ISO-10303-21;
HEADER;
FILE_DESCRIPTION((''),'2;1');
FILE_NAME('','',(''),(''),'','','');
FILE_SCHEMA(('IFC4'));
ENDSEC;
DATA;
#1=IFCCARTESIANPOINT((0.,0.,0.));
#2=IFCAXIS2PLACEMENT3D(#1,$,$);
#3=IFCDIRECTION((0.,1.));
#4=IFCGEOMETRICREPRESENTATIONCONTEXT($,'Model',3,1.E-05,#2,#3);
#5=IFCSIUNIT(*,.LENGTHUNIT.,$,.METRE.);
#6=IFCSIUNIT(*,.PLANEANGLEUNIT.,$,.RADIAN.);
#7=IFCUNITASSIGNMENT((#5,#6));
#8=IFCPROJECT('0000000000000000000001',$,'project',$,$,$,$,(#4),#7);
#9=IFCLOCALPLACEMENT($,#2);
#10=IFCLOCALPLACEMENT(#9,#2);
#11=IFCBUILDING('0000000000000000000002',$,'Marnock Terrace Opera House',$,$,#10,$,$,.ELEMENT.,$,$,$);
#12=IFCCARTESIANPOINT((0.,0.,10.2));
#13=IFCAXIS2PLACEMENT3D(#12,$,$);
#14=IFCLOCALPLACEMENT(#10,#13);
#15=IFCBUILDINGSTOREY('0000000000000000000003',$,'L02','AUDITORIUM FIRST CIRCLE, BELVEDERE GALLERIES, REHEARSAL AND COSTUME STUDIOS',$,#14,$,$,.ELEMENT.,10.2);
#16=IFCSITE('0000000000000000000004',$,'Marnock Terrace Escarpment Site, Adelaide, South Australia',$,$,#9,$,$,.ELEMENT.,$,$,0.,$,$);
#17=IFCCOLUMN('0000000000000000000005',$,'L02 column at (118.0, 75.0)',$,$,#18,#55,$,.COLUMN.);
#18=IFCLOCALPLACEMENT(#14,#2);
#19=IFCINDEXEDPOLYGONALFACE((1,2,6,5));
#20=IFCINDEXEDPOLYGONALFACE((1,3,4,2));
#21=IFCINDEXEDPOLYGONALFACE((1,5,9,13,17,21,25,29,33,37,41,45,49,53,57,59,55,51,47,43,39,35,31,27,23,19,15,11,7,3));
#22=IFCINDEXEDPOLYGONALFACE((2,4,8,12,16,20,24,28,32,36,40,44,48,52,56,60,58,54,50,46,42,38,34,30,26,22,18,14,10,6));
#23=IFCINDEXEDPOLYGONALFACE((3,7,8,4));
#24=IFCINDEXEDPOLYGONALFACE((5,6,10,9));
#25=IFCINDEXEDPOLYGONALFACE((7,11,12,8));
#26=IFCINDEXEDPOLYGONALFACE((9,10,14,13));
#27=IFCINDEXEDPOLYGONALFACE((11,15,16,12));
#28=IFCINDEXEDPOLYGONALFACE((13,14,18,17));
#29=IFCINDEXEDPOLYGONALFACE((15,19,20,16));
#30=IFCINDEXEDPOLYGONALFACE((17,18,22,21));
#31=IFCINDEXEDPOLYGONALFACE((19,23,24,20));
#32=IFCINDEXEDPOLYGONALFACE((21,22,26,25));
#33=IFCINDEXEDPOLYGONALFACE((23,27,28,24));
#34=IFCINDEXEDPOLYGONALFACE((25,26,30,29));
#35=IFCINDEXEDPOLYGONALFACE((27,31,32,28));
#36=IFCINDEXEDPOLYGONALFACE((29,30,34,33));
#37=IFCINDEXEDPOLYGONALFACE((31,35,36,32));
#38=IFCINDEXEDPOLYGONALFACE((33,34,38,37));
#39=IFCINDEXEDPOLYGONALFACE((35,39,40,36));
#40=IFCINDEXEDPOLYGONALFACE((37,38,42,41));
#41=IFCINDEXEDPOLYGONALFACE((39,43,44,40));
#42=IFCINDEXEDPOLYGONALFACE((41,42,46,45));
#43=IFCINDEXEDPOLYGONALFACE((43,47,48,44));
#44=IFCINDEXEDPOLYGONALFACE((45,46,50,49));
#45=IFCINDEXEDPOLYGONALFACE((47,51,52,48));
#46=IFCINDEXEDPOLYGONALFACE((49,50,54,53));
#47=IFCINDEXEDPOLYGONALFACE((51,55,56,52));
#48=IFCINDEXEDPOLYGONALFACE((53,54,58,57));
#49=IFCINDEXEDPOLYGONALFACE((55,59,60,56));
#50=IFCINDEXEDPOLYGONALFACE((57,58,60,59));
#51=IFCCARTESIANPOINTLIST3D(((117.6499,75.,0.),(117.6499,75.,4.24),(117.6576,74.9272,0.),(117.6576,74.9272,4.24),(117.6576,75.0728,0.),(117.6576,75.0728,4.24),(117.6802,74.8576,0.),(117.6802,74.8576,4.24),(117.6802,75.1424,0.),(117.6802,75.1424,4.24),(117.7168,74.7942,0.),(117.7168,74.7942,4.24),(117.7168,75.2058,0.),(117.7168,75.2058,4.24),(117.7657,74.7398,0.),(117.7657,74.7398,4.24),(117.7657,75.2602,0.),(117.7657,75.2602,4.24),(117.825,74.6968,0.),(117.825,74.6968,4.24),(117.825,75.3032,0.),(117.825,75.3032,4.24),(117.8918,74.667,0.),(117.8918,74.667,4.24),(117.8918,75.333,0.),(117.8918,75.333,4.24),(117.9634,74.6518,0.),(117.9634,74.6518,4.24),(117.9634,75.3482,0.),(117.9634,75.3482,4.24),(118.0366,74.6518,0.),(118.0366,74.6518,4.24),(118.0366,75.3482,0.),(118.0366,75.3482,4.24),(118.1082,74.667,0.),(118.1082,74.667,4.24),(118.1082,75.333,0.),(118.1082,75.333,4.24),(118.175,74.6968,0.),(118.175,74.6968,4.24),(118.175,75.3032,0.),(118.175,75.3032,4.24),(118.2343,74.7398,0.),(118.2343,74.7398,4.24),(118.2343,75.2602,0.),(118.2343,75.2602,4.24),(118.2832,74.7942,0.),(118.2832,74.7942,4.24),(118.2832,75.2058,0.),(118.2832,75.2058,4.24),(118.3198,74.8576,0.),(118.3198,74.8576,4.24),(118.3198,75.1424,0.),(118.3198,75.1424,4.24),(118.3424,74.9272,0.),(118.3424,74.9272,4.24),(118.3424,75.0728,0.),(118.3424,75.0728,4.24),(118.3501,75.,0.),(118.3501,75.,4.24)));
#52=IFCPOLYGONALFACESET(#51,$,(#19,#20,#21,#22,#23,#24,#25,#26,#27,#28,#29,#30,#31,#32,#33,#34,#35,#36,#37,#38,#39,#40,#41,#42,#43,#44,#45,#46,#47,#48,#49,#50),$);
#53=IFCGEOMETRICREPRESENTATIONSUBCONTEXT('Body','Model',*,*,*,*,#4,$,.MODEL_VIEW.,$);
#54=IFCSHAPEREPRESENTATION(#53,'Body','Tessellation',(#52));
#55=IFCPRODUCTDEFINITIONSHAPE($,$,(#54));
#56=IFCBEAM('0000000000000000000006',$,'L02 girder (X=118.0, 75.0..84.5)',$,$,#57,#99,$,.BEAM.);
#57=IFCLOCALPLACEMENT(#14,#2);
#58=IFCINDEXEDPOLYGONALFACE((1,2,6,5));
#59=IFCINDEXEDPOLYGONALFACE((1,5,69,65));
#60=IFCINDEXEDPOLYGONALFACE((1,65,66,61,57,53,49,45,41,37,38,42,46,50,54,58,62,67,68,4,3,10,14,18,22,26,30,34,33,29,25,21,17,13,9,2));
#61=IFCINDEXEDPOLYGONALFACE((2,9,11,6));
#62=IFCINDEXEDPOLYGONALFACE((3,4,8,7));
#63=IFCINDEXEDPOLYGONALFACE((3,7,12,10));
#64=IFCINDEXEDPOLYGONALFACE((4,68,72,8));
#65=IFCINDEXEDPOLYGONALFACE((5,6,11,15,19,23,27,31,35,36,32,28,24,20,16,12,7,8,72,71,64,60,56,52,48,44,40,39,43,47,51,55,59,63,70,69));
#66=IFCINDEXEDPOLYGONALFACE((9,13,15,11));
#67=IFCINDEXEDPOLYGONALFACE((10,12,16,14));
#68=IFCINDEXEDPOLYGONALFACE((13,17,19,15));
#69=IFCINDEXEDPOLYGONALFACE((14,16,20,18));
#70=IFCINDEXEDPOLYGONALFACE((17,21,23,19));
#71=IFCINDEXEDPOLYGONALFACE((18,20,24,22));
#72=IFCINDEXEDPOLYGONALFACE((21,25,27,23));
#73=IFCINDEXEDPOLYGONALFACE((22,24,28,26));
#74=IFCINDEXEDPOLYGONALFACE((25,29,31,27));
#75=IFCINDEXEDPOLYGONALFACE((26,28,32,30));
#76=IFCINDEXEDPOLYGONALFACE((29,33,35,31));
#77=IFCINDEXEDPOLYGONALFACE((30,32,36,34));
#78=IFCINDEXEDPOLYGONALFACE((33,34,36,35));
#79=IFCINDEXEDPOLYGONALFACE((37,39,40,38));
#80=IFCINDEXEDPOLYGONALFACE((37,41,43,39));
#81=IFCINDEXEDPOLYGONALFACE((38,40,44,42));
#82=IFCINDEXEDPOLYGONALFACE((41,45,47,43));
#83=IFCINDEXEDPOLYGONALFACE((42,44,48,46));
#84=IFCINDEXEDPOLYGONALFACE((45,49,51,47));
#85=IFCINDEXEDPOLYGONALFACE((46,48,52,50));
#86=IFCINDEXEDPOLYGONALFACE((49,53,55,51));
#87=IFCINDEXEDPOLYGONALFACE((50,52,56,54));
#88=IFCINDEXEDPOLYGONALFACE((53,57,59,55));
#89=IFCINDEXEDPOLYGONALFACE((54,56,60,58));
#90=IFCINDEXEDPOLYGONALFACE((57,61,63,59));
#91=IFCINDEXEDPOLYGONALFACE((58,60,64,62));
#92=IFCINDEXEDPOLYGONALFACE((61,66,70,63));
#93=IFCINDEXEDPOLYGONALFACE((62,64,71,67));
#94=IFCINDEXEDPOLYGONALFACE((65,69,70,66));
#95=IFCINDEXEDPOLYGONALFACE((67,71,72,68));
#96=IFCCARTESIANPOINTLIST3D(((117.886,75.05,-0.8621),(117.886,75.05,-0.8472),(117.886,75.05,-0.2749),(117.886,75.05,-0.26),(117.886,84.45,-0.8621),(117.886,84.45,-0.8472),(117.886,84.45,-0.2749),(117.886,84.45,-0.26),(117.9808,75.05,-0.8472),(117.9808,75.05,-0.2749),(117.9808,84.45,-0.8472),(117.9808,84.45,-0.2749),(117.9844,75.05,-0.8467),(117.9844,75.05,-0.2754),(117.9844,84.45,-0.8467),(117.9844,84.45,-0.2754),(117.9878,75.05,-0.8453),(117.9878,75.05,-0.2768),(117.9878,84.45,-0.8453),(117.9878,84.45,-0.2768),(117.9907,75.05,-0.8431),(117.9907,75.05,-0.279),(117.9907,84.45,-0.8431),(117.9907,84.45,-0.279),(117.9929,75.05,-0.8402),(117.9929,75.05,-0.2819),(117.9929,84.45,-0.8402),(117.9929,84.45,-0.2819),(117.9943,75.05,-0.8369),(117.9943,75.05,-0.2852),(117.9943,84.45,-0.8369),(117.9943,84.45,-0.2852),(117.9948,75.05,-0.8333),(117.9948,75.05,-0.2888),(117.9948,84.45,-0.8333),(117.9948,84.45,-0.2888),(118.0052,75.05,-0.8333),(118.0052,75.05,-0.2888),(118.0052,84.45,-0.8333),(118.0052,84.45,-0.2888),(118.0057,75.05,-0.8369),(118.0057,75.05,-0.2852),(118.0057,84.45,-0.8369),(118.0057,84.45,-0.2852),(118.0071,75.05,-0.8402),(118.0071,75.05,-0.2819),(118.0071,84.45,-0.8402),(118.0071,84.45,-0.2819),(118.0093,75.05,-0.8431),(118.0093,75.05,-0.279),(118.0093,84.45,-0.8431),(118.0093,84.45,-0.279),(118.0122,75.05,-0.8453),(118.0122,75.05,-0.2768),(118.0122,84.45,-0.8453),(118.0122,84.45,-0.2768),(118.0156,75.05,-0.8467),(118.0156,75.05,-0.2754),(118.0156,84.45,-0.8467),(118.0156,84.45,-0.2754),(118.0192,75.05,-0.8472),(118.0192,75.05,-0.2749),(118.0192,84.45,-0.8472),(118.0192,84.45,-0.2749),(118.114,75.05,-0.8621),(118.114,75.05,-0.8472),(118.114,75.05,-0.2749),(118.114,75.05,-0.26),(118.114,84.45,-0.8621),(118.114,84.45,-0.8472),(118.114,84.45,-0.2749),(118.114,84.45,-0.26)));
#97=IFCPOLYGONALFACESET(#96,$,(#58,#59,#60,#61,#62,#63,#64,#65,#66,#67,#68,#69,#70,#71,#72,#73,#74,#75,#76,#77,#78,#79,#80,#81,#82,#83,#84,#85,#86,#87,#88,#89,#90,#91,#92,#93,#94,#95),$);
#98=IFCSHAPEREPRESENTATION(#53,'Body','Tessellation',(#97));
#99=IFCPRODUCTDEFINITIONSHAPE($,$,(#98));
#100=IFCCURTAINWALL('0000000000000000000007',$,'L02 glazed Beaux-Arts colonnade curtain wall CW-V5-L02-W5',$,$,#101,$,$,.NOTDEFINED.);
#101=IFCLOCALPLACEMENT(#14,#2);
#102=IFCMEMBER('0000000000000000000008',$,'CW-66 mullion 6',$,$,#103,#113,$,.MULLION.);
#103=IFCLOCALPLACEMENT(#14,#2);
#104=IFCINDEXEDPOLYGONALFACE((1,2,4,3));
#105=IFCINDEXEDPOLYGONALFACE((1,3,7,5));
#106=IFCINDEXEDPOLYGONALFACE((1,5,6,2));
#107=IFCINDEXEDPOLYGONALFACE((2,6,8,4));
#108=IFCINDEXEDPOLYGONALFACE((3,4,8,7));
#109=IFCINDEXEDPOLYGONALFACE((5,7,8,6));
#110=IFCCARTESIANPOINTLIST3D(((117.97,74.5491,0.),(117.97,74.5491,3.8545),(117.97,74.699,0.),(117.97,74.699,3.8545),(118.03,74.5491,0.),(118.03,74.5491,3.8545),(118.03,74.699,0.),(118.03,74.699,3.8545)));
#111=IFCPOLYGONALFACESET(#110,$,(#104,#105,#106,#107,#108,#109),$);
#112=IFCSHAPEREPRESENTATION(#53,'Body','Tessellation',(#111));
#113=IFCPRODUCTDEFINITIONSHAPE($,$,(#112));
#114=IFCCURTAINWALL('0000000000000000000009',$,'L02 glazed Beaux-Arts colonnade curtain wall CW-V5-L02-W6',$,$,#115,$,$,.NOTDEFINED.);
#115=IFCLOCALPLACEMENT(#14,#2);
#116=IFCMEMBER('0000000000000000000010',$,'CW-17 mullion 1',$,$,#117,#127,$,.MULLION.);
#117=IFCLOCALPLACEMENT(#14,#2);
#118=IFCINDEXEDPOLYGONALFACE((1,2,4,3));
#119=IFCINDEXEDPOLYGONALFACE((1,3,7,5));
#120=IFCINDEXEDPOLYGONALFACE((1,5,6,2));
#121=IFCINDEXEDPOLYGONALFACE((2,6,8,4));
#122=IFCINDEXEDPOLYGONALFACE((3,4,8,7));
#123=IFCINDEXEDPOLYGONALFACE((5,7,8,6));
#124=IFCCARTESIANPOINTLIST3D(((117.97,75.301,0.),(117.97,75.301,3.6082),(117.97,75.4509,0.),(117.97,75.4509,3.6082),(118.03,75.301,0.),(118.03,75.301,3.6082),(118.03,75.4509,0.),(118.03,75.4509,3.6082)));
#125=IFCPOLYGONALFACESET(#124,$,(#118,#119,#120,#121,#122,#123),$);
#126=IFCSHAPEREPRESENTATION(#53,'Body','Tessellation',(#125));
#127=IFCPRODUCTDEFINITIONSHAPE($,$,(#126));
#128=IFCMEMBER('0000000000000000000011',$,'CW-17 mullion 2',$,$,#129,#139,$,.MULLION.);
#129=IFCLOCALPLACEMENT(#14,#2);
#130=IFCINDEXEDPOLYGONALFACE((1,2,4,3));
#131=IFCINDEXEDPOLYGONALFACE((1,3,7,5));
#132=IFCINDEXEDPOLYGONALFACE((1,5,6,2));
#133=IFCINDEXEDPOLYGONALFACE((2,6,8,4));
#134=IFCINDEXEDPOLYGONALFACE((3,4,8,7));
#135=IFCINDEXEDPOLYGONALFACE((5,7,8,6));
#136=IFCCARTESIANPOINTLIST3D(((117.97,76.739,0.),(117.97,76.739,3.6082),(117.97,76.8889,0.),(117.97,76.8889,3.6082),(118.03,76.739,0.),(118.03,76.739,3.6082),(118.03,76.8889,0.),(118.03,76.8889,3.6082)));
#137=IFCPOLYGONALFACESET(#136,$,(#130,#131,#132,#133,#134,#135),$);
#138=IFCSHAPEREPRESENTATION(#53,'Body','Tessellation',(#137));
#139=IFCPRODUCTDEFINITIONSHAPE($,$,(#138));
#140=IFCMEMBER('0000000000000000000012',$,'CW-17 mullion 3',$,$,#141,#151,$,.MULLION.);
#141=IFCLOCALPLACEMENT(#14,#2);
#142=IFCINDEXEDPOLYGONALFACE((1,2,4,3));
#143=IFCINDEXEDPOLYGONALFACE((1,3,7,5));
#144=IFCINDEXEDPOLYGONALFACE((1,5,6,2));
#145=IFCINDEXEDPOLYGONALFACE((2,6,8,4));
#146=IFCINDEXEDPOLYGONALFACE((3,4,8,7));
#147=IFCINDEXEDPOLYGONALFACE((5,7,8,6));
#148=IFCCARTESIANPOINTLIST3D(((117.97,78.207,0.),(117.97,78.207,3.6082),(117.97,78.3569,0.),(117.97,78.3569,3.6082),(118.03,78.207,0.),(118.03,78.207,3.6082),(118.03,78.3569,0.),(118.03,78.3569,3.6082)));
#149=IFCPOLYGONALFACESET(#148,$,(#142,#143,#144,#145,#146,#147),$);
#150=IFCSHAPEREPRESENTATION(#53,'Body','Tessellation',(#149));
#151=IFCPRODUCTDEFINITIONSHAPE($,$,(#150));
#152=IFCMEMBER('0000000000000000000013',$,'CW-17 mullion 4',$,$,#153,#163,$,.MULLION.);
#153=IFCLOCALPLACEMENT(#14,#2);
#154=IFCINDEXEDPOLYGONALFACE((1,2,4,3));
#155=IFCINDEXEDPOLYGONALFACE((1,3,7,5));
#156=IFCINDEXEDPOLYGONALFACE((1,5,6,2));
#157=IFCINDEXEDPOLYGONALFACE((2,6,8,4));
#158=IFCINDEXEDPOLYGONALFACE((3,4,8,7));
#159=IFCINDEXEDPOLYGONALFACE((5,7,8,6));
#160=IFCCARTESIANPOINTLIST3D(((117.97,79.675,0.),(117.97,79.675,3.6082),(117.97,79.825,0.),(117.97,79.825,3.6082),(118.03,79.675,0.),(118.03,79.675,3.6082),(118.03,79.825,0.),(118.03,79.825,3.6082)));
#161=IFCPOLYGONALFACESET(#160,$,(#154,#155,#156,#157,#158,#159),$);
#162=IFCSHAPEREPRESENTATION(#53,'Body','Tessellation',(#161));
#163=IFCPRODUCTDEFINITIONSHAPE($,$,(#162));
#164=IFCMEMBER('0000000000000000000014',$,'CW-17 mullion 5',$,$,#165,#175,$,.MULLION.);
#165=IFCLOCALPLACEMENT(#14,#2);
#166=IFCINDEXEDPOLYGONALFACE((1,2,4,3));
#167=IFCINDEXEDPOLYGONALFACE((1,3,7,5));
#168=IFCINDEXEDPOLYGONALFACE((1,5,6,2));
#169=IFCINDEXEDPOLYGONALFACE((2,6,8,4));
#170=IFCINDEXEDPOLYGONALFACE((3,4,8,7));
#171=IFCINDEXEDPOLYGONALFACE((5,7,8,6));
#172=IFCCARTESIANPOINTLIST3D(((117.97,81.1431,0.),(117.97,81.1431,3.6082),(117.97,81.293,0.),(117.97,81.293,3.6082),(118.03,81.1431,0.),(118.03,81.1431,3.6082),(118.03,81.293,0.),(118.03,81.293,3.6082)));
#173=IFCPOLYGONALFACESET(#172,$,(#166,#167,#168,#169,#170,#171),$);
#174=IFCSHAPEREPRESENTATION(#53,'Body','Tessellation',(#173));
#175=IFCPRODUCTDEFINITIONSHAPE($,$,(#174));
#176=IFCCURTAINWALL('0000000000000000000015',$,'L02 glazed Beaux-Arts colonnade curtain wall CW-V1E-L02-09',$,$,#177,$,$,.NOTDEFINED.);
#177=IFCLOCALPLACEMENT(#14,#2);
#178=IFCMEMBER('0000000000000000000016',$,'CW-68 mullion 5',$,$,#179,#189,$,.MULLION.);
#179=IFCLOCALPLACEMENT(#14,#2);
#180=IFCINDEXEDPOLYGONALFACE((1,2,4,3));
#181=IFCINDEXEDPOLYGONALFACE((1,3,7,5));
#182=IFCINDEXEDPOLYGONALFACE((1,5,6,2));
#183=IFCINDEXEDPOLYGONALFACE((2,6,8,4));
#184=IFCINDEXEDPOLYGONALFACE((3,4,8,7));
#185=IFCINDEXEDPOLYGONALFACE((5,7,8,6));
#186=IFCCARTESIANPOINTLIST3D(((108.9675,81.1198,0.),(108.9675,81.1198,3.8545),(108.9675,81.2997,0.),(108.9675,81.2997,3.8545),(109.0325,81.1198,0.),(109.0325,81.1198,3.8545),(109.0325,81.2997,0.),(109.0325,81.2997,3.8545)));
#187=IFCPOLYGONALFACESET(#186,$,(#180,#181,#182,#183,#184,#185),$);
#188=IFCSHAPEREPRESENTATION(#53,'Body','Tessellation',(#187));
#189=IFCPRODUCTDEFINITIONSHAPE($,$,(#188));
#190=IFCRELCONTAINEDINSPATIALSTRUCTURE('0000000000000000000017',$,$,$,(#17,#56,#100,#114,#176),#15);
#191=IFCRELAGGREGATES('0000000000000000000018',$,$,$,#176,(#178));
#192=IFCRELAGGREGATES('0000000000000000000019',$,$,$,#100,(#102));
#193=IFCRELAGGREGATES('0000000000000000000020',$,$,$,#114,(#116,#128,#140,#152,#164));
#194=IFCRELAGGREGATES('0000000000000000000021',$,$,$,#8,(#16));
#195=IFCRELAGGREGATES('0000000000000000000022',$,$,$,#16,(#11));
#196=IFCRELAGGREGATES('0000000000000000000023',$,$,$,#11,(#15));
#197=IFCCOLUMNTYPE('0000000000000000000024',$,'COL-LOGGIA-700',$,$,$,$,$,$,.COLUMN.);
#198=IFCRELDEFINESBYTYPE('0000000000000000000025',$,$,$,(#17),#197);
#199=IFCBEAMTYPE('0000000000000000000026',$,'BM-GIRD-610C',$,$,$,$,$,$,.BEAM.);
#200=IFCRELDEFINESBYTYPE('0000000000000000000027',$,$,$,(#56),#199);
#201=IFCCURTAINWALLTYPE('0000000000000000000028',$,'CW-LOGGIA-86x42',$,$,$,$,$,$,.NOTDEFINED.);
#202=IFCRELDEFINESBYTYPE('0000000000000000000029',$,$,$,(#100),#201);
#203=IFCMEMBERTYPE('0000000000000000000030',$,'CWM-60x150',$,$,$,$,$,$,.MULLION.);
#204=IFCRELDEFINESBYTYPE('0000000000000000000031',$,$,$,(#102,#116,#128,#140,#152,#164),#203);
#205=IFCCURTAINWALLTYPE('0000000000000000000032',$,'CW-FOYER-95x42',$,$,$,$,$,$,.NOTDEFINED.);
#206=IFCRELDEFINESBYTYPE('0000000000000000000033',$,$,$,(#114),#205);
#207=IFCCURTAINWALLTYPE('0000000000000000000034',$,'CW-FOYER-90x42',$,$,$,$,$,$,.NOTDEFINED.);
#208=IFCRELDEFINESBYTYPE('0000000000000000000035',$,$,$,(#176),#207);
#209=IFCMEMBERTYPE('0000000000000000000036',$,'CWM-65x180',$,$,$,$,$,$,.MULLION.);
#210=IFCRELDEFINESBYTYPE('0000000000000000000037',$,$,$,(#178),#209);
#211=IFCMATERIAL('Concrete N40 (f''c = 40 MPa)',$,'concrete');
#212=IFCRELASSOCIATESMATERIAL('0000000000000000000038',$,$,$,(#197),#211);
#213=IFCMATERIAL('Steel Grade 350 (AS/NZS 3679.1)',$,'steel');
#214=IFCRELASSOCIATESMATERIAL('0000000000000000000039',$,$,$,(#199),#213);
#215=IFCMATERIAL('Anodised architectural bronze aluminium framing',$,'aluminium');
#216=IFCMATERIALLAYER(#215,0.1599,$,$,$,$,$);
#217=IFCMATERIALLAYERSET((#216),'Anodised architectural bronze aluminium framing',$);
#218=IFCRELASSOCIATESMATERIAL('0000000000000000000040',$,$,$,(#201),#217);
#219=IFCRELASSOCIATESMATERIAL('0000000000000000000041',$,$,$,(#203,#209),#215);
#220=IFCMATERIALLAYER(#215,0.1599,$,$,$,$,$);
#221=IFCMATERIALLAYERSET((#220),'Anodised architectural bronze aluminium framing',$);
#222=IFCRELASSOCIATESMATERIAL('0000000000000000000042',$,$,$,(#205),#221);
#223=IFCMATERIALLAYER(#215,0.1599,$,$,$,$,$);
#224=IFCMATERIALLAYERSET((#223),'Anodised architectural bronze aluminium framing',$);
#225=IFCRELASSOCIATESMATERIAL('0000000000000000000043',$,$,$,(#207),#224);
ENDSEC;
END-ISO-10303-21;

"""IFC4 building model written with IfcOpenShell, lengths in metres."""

from ifc_helpers import new_model, si_unit, direction, frame, origin, origin_2d, place, context, subcontext, project, spatial, rectangle, circle, i_section, extrude, material, layer, layer_set, material_profile, profile_set, type_object, element, aggregate, save


model = new_model("IFC4")

# Units and contexts
model_context = context("Model", 3, precision=1e-05, world=origin(), true_north=direction((0.0, 1.0)))
body_context = subcontext(model_context, "Body", "Model", "MODEL_VIEW")
ifc_project = project(units=[si_unit("LENGTHUNIT", "METRE"), si_unit("PLANEANGLEUNIT", "RADIAN")], contexts=[model_context])

# Site, building, storey
site_placement = place(None, origin())
site = spatial("IfcSite", under=ifc_project, at=site_placement, Name="Marnock Terrace Escarpment Site, Adelaide, South Australia", CompositionType="ELEMENT", RefElevation=0.0)
building_placement = place(site_placement, origin())
building = spatial("IfcBuilding", under=site, at=building_placement, Name="Marnock Terrace Opera House", CompositionType="ELEMENT")
storey_placement = place(building_placement, frame((0.0, 0.0, 10.2)))
storey = spatial("IfcBuildingStorey", under=building, at=storey_placement, Name="L02", Description="AUDITORIUM FIRST CIRCLE, BELVEDERE GALLERIES, REHEARSAL AND COSTUME STUDIOS", CompositionType="ELEMENT", Elevation=10.2)

# Column
ifc_material_1 = material(Name="Concrete N40 (f'c = 40 MPa)", Category="concrete")
ifc_material_profile_1 = material_profile(ifc_material_1, circle(Radius=0.3501, at=origin_2d()))
ifc_profile_set_1 = profile_set([ifc_material_profile_1], Name="Concrete N40 (f'c = 40 MPa)")
column_type = type_object("IfcColumnType", Name="COL-LOGGIA-700", PredefinedType="COLUMN", material=ifc_profile_set_1)
column_placement = place(storey_placement, frame((118.0, 75.0, 0.0), z_axis=(0.0, 0.0, 1.0), x_axis=(1.0, 0.0, 0.0)))
element("IfcColumn", 1, at=column_placement, inside=storey, type_object=column_type, Name="L02 column at (118.0, 75.0)", PredefinedType="COLUMN", context=body_context, shape_type="SweptSolid", body=[
    extrude(circle(Radius=0.3501, at=origin_2d()), origin(), (0.0, 0.0, 1.0), 4.24),
])

# Beam
ifc_material_2 = material(Name="Steel Grade 350 (AS/NZS 3679.1)", Category="steel")
ifc_material_profile_2 = material_profile(ifc_material_2, i_section(OverallWidth=0.228, OverallDepth=0.6021, WebThickness=0.0105, FlangeThickness=0.0149, FilletRadius=0.0139, at=origin_2d()))
ifc_profile_set_2 = profile_set([ifc_material_profile_2], Name="Steel Grade 350 (AS/NZS 3679.1)")
beam_type = type_object("IfcBeamType", Name="BM-GIRD-610C", PredefinedType="BEAM", material=ifc_profile_set_2)
beam_placement = place(storey_placement, frame((118.0, 75.05, -0.561), z_axis=(0.0, 1.0, 0.0), x_axis=(-1.0, 0.0, 0.0)))
element("IfcBeam", 2, at=beam_placement, inside=storey, type_object=beam_type, Name="L02 girder (X=118.0, 75.0..84.5)", PredefinedType="BEAM", context=body_context, shape_type="SweptSolid", body=[
    extrude(i_section(OverallWidth=0.228, OverallDepth=0.6021, WebThickness=0.0105, FlangeThickness=0.0149, FilletRadius=0.0139, at=origin_2d()), origin(), (0.0, 0.0, 1.0), 9.3999),
])

# Curtain wall, member
ifc_material_3 = material(Name="Anodised architectural bronze aluminium framing", Category="aluminium")
ifc_layer_1 = layer(ifc_material_3, 0.1599)
ifc_layer_set_1 = layer_set([ifc_layer_1], Name="Anodised architectural bronze aluminium framing")
curtain_wall_type_1 = type_object("IfcCurtainWallType", Name="CW-LOGGIA-86x42", PredefinedType="NOTDEFINED", material=ifc_layer_set_1)
curtain_wall_1_placement = place(storey_placement, origin())
curtain_wall_1 = element("IfcCurtainWall", 3, at=curtain_wall_1_placement, inside=storey, type_object=curtain_wall_type_1, Name="L02 glazed Beaux-Arts colonnade curtain wall CW-V5-L02-W5", PredefinedType="NOTDEFINED")
ifc_material_profile_3 = material_profile(ifc_material_3, rectangle(XDim=0.0601, YDim=0.1499, at=origin_2d()))
ifc_profile_set_3 = profile_set([ifc_material_profile_3], Name="Anodised architectural bronze aluminium framing")
member_type_1 = type_object("IfcMemberType", Name="CWM-60x150", PredefinedType="MULLION", material=ifc_profile_set_3)
member_1_placement = place(storey_placement, frame((118.0, 74.624, 0.0), z_axis=(0.0, 0.0, 1.0), x_axis=(-1.0, 0.0, 0.0)))
member_1 = element("IfcMember", 4, at=member_1_placement, type_object=member_type_1, Name="CW-66 mullion 6", PredefinedType="MULLION", context=body_context, shape_type="SweptSolid", body=[
    extrude(rectangle(XDim=0.0601, YDim=0.1499, at=origin_2d()), origin(), (0.0, 0.0, 1.0), 3.8545),
])

# Curtain wall, members
ifc_layer_2 = layer(ifc_material_3, 0.1599)
ifc_layer_set_2 = layer_set([ifc_layer_2], Name="Anodised architectural bronze aluminium framing")
curtain_wall_type_2 = type_object("IfcCurtainWallType", Name="CW-FOYER-95x42", PredefinedType="NOTDEFINED", material=ifc_layer_set_2)
curtain_wall_2_placement = place(storey_placement, origin())
curtain_wall_2 = element("IfcCurtainWall", 5, at=curtain_wall_2_placement, inside=storey, type_object=curtain_wall_type_2, Name="L02 glazed Beaux-Arts colonnade curtain wall CW-V5-L02-W6", PredefinedType="NOTDEFINED")
member_2_placement = place(storey_placement, frame((118.0, 75.376, 0.0), z_axis=(0.0, 0.0, 1.0), x_axis=(-1.0, 0.0, 0.0)))
member_2 = element("IfcMember", 6, at=member_2_placement, type_object=member_type_1, Name="CW-17 mullion 1", PredefinedType="MULLION", context=body_context, shape_type="SweptSolid", body=[
    extrude(rectangle(XDim=0.0601, YDim=0.1499, at=origin_2d()), origin(), (0.0, 0.0, 1.0), 3.6082),
])
member_3_placement = place(storey_placement, frame((118.0, 76.814, 0.0), z_axis=(0.0, 0.0, 1.0), x_axis=(-1.0, 0.0, 0.0)))
member_3 = element("IfcMember", 7, at=member_3_placement, type_object=member_type_1, Name="CW-17 mullion 2", PredefinedType="MULLION", context=body_context, shape_type="SweptSolid", body=[
    extrude(rectangle(XDim=0.0601, YDim=0.1499, at=origin_2d()), origin(), (0.0, 0.0, 1.0), 3.6082),
])
member_4_placement = place(storey_placement, frame((118.0, 78.282, 0.0), z_axis=(0.0, 0.0, 1.0), x_axis=(-1.0, 0.0, 0.0)))
member_4 = element("IfcMember", 8, at=member_4_placement, type_object=member_type_1, Name="CW-17 mullion 3", PredefinedType="MULLION", context=body_context, shape_type="SweptSolid", body=[
    extrude(rectangle(XDim=0.0601, YDim=0.1499, at=origin_2d()), origin(), (0.0, 0.0, 1.0), 3.6082),
])
member_5_placement = place(storey_placement, frame((118.0, 79.75, 0.0), z_axis=(0.0, 0.0, 1.0), x_axis=(-1.0, 0.0, 0.0)))
member_5 = element("IfcMember", 9, at=member_5_placement, type_object=member_type_1, Name="CW-17 mullion 4", PredefinedType="MULLION", context=body_context, shape_type="SweptSolid", body=[
    extrude(rectangle(XDim=0.0601, YDim=0.1499, at=origin_2d()), origin(), (0.0, 0.0, 1.0), 3.6082),
])
member_6_placement = place(storey_placement, frame((118.0, 81.218, 0.0), z_axis=(0.0, 0.0, 1.0), x_axis=(-1.0, 0.0, 0.0)))
member_6 = element("IfcMember", 10, at=member_6_placement, type_object=member_type_1, Name="CW-17 mullion 5", PredefinedType="MULLION", context=body_context, shape_type="SweptSolid", body=[
    extrude(rectangle(XDim=0.0601, YDim=0.1499, at=origin_2d()), origin(), (0.0, 0.0, 1.0), 3.6082),
])

# Curtain wall, member
ifc_layer_3 = layer(ifc_material_3, 0.1599)
ifc_layer_set_3 = layer_set([ifc_layer_3], Name="Anodised architectural bronze aluminium framing")
curtain_wall_type_3 = type_object("IfcCurtainWallType", Name="CW-FOYER-90x42", PredefinedType="NOTDEFINED", material=ifc_layer_set_3)
curtain_wall_3_placement = place(storey_placement, origin())
curtain_wall_3 = element("IfcCurtainWall", 11, at=curtain_wall_3_placement, inside=storey, type_object=curtain_wall_type_3, Name="L02 glazed Beaux-Arts colonnade curtain wall CW-V1E-L02-09", PredefinedType="NOTDEFINED")
ifc_material_profile_4 = material_profile(ifc_material_3, rectangle(XDim=0.0649, YDim=0.1799, at=origin_2d()))
ifc_profile_set_4 = profile_set([ifc_material_profile_4], Name="Anodised architectural bronze aluminium framing")
member_type_2 = type_object("IfcMemberType", Name="CWM-65x180", PredefinedType="MULLION", material=ifc_profile_set_4)
member_7_placement = place(storey_placement, frame((109.0, 81.2097, 0.0), z_axis=(0.0, 0.0, 1.0), x_axis=(-1.0, 0.0, 0.0)))
member_7 = element("IfcMember", 12, at=member_7_placement, type_object=member_type_2, Name="CW-68 mullion 5", PredefinedType="MULLION", context=body_context, shape_type="SweptSolid", body=[
    extrude(rectangle(XDim=0.0649, YDim=0.1799, at=origin_2d()), origin(), (0.0, 0.0, 1.0), 3.8545),
])

aggregate(curtain_wall_3, [member_7])
aggregate(curtain_wall_1, [member_1])
aggregate(curtain_wall_2, [member_2, member_3, member_4, member_5, member_6])

save(model, "model.ifc")
